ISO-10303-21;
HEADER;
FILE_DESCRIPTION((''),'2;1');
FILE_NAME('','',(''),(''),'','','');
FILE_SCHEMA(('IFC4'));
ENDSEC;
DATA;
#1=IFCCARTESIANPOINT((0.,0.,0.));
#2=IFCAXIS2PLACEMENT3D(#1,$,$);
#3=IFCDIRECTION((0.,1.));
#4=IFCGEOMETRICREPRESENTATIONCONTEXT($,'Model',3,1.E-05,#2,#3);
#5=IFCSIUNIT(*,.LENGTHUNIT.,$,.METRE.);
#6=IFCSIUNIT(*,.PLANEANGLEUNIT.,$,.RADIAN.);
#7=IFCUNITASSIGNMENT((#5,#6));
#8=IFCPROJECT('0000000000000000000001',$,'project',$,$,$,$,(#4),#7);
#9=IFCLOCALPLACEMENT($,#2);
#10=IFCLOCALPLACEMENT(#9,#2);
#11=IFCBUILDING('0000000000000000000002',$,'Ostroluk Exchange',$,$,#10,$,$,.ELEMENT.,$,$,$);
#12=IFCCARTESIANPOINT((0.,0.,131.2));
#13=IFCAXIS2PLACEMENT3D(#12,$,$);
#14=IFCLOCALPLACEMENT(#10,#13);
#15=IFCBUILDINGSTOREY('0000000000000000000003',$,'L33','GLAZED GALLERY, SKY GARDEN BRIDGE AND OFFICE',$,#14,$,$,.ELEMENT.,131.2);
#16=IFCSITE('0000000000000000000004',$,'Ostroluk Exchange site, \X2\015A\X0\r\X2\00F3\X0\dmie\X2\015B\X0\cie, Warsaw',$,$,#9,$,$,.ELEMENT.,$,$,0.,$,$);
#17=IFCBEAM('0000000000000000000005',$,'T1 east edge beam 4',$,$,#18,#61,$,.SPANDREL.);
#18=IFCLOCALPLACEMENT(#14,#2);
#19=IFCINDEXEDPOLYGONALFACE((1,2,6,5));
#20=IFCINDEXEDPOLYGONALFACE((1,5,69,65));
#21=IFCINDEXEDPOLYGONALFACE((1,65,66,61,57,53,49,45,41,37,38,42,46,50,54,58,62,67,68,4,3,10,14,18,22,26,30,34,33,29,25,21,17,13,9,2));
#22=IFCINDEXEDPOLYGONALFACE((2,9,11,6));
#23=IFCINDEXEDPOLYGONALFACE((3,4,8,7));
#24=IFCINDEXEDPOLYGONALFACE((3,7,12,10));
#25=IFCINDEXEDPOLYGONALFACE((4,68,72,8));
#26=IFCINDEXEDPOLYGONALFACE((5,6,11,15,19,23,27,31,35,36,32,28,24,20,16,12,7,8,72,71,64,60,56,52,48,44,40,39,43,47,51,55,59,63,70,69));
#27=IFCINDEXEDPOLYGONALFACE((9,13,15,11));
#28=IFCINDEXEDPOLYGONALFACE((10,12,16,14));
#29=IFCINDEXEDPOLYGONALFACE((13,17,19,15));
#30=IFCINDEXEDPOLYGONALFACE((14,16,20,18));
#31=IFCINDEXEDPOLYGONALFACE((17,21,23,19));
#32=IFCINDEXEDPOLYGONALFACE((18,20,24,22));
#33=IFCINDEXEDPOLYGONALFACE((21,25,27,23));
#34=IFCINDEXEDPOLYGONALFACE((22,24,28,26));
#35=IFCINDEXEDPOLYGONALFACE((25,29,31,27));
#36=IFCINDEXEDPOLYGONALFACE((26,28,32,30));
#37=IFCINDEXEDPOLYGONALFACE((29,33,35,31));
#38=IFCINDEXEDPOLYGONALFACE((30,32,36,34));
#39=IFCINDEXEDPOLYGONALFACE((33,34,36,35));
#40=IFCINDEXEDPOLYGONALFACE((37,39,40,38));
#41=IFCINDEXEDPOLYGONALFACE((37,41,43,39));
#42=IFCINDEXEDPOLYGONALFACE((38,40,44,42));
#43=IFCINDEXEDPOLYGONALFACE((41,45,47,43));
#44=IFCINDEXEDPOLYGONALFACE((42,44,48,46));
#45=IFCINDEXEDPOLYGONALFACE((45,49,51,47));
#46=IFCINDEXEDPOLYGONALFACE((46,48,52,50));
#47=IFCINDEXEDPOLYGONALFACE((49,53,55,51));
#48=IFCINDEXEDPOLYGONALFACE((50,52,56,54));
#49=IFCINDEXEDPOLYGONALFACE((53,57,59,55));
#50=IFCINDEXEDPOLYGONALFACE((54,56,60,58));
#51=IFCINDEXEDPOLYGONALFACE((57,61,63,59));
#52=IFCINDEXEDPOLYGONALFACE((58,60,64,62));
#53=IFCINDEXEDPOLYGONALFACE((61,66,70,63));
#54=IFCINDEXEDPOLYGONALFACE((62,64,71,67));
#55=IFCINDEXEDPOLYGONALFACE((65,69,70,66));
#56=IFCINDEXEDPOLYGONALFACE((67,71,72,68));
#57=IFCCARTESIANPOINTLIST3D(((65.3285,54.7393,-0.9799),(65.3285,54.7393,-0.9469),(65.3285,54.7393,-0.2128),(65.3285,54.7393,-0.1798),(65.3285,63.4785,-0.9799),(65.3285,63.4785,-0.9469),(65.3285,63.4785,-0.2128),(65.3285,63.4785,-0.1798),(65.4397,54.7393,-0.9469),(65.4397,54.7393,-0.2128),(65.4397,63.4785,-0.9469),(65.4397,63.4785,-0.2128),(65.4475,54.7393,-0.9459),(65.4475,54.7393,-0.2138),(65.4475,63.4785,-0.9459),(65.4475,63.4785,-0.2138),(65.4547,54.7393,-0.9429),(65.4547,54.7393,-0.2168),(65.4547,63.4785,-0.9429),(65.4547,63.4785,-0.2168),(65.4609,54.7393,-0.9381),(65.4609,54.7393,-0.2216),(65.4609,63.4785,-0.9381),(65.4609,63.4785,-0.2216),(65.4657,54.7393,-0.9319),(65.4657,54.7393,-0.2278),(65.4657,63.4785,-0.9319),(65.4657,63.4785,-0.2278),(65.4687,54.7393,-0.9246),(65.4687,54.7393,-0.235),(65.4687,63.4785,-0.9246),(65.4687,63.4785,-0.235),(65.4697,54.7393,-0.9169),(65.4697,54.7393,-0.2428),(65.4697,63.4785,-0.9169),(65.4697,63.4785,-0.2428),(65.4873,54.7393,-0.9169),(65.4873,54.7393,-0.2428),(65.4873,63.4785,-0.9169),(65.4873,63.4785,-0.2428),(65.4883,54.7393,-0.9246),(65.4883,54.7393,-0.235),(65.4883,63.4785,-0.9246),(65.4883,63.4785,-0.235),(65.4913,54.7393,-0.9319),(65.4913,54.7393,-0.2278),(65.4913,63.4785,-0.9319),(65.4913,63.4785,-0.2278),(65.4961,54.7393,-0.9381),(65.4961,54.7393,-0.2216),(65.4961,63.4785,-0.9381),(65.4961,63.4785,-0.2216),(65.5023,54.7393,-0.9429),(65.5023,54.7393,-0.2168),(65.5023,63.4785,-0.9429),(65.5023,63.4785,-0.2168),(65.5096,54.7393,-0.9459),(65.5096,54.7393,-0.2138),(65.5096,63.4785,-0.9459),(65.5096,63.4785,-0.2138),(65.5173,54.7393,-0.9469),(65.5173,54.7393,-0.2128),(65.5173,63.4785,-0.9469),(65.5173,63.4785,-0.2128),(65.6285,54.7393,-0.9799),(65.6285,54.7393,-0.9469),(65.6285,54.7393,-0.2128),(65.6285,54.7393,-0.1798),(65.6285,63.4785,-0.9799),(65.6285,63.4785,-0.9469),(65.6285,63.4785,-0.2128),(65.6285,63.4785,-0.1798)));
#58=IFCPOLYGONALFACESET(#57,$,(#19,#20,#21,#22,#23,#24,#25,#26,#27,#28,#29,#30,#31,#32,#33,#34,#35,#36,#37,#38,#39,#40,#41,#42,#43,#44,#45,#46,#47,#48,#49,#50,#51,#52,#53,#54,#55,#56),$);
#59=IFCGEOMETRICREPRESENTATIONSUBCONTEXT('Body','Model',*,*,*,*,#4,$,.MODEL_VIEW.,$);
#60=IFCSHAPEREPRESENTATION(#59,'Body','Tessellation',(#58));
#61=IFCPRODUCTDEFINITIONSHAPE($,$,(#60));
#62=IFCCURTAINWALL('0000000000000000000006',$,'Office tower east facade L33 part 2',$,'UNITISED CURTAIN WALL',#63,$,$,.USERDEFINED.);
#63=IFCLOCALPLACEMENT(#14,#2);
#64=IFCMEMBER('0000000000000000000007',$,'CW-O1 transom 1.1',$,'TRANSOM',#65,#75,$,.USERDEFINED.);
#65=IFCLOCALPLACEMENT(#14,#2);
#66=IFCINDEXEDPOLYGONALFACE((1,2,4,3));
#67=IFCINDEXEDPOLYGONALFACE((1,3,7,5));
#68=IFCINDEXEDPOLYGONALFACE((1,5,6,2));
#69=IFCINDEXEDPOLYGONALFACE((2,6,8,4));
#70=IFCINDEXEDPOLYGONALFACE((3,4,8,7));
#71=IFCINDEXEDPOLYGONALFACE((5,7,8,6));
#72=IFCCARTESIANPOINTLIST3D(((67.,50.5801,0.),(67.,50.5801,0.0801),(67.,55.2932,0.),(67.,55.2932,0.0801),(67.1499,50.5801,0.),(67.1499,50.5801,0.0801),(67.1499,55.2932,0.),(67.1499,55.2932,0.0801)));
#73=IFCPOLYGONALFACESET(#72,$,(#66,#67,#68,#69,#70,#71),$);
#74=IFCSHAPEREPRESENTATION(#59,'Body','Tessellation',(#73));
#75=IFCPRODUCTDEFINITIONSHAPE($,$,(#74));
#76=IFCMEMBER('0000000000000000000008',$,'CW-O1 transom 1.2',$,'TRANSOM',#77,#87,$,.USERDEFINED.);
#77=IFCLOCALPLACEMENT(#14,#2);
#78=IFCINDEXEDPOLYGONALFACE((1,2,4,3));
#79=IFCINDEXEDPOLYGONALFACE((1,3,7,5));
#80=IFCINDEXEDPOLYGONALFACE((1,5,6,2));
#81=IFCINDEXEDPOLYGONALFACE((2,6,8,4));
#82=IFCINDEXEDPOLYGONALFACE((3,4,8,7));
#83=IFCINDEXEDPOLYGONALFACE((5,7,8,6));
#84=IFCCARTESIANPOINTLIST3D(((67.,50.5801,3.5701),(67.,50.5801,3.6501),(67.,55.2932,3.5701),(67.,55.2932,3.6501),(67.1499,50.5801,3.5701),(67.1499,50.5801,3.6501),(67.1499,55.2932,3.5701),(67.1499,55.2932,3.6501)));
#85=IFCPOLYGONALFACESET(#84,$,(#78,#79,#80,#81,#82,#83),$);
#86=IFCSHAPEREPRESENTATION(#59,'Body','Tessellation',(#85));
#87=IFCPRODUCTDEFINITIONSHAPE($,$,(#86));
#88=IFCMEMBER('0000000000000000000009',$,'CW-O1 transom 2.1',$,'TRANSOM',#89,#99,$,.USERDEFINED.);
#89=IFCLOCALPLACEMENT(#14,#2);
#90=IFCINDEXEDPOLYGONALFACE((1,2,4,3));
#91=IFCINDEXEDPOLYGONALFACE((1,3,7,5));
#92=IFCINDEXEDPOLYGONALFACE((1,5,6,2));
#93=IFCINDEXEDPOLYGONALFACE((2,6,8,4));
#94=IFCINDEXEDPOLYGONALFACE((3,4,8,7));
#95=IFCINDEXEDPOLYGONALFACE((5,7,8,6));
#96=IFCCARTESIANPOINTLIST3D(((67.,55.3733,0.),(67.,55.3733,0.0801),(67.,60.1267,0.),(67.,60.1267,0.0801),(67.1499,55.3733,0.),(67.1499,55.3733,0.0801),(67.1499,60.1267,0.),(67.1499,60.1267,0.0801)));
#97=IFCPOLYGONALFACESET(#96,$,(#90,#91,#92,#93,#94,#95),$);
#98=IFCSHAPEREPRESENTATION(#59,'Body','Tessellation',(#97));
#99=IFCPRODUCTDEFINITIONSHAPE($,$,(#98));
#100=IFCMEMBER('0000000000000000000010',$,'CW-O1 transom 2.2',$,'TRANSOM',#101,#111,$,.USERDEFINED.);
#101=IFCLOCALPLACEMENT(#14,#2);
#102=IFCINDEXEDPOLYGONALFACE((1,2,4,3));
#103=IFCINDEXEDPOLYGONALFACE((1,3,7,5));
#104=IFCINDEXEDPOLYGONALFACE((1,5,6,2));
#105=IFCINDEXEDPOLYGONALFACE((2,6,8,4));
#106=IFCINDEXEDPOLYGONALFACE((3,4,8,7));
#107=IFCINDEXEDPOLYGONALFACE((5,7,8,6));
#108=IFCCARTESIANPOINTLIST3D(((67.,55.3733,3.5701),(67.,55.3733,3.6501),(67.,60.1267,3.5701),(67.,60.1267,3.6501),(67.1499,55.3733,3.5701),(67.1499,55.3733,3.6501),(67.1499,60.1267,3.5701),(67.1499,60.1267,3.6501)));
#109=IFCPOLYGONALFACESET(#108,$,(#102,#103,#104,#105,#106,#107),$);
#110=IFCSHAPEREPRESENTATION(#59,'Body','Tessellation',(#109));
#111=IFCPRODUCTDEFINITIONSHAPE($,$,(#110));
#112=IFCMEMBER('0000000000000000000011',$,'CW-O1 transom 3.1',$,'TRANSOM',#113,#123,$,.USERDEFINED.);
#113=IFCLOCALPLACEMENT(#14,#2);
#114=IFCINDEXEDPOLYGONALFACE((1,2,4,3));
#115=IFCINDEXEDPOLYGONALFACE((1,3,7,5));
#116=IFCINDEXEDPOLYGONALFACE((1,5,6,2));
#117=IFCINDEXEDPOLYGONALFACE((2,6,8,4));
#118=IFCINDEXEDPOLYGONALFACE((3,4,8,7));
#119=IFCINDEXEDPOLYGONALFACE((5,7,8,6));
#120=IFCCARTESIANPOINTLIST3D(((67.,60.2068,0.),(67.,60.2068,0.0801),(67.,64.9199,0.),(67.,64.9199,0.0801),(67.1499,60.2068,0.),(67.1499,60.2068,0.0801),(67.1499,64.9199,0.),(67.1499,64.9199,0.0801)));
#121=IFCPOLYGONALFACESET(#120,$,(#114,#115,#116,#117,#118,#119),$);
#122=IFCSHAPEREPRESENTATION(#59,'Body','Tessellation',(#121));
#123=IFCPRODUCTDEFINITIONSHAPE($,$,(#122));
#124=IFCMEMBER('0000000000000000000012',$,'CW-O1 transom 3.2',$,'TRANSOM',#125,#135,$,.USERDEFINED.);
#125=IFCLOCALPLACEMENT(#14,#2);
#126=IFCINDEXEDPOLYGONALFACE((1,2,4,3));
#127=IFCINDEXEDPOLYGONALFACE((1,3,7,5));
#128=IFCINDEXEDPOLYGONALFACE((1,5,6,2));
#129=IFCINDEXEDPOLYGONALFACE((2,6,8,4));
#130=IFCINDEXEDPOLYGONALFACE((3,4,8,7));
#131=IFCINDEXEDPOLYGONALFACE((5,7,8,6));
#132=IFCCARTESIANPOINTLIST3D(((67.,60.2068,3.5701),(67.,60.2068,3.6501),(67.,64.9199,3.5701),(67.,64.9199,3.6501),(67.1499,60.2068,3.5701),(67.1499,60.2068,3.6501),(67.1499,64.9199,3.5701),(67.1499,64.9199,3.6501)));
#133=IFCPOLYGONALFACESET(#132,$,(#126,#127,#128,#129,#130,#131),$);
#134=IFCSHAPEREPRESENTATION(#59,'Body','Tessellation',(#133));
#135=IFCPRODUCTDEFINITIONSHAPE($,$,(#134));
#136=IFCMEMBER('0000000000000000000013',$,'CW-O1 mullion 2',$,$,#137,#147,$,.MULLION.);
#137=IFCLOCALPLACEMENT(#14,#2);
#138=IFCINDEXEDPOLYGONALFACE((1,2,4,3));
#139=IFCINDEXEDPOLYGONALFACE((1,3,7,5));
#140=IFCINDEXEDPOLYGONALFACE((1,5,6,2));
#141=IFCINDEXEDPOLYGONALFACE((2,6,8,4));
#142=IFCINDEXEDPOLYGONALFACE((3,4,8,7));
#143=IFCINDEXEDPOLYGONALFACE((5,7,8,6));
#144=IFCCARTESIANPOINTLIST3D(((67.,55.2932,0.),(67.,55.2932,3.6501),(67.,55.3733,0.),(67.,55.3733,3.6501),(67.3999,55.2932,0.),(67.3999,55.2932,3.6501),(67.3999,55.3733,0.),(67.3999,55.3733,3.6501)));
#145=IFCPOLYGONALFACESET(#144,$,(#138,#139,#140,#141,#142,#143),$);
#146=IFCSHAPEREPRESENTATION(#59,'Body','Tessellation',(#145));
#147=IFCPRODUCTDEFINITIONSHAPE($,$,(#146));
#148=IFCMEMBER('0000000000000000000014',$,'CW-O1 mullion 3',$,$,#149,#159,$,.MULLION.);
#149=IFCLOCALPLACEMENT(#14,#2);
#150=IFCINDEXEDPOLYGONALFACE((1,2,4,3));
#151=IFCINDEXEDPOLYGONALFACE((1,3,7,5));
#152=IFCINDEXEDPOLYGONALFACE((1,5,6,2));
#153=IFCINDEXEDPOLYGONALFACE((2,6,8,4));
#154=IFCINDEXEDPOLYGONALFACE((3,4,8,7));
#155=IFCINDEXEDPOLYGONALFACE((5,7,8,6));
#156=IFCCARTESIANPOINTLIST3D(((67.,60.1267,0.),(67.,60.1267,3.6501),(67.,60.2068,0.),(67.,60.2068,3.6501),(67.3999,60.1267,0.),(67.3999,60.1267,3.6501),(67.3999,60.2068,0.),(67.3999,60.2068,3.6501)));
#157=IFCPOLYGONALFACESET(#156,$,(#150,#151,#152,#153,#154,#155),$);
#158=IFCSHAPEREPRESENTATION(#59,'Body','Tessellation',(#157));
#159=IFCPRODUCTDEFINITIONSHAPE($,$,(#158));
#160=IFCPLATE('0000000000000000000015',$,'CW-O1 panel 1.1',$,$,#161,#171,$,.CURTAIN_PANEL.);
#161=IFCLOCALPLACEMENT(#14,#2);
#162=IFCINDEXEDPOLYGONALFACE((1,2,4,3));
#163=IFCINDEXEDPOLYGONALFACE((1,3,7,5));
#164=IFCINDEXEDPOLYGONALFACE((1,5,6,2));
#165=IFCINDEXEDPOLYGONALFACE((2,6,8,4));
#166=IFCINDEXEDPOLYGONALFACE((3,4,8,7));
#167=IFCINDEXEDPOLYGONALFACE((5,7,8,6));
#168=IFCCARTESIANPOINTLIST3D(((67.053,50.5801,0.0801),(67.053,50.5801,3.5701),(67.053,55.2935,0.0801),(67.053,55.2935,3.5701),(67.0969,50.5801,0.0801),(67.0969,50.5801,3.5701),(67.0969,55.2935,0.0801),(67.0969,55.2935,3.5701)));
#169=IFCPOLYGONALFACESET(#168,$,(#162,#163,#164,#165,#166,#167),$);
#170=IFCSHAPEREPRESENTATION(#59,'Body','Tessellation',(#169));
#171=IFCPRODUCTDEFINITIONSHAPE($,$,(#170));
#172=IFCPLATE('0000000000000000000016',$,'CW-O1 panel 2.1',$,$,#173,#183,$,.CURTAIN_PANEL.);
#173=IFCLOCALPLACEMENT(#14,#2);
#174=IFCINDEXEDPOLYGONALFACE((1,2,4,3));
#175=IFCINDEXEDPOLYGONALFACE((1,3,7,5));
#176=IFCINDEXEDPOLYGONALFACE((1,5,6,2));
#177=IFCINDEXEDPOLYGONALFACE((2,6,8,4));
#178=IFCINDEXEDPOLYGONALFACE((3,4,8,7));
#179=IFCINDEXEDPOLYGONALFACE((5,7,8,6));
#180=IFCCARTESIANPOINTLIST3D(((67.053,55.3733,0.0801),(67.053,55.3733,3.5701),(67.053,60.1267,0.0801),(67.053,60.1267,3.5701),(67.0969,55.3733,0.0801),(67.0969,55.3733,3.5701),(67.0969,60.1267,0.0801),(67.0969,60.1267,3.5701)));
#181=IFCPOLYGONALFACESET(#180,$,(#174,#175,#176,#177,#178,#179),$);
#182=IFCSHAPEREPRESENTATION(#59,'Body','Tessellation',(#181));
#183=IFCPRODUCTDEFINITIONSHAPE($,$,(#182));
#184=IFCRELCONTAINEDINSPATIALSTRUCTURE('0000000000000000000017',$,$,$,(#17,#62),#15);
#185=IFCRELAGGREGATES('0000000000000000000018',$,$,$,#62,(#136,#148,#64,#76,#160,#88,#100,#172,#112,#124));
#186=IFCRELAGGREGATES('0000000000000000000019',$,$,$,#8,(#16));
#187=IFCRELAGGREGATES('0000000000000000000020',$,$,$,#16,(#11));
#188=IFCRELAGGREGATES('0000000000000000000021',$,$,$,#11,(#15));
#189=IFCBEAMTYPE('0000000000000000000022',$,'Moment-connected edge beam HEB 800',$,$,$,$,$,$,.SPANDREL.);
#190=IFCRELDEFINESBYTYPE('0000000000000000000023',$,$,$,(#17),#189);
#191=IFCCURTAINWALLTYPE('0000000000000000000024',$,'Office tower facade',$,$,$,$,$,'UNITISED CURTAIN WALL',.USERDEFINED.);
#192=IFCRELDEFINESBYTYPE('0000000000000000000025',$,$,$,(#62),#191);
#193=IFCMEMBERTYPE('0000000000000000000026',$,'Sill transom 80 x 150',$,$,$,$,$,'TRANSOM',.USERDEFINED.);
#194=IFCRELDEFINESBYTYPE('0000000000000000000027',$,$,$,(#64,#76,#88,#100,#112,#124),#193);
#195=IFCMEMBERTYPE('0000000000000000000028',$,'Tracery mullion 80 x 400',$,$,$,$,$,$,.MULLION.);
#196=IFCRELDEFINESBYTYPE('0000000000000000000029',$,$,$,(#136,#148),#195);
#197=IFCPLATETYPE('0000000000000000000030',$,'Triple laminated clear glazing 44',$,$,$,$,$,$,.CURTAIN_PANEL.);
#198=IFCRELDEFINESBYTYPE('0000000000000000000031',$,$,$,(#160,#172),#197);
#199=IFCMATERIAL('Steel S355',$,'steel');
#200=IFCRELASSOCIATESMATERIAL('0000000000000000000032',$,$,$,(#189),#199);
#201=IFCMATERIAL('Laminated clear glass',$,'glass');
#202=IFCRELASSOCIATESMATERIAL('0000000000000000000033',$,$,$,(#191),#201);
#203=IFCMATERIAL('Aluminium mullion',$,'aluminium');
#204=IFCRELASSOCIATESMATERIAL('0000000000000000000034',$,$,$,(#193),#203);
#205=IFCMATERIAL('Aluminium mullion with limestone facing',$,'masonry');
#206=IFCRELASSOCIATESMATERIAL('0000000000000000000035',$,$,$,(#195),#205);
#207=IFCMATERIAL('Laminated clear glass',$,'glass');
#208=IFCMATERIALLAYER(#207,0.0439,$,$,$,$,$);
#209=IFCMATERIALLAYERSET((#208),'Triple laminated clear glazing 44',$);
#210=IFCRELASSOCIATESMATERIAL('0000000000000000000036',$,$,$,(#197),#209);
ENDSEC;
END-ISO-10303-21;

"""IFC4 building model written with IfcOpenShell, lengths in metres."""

from ifc_helpers import new_model, si_unit, direction, frame, origin, origin_2d, place, context, subcontext, project, spatial, rectangle, i_section, extrude, material, layer, layer_set, material_profile, profile_set, type_object, element, aggregate, save


model = new_model("IFC4")

# Units and contexts
model_context = context("Model", 3, precision=1e-05, world=origin(), true_north=direction((0.0, 1.0)))
body_context = subcontext(model_context, "Body", "Model", "MODEL_VIEW")
ifc_project = project(units=[si_unit("LENGTHUNIT", "METRE"), si_unit("PLANEANGLEUNIT", "RADIAN")], contexts=[model_context])

# Site, building, storey
site_placement = place(None, origin())
site = spatial("IfcSite", under=ifc_project, at=site_placement, Name="Ostroluk Exchange site, Śródmieście, Warsaw", CompositionType="ELEMENT", RefElevation=0.0)
building_placement = place(site_placement, origin())
building = spatial("IfcBuilding", under=site, at=building_placement, Name="Ostroluk Exchange", CompositionType="ELEMENT")
storey_placement = place(building_placement, frame((0.0, 0.0, 131.2)))
storey = spatial("IfcBuildingStorey", under=building, at=storey_placement, Name="L33", Description="GLAZED GALLERY, SKY GARDEN BRIDGE AND OFFICE", CompositionType="ELEMENT", Elevation=131.2)

# Beam
ifc_material_1 = material(Name="Steel S355", Category="steel")
ifc_material_profile_1 = material_profile(ifc_material_1, i_section(OverallWidth=0.3, OverallDepth=0.8, WebThickness=0.0176, FlangeThickness=0.033, FilletRadius=0.03, at=origin_2d()), Name="HEB 800")
ifc_profile_set_1 = profile_set([ifc_material_profile_1], Name="Steel S355")
beam_type_1 = type_object("IfcBeamType", Name="Moment-connected edge beam HEB 800", PredefinedType="SPANDREL", material=ifc_profile_set_1)
beam_placement = place(storey_placement, frame((65.4785, 54.7393, -0.5798), z_axis=(0.0, 1.0, 0.0), x_axis=(-1.0, 0.0, 0.0)))
element("IfcBeam", 1, at=beam_placement, inside=storey, type_object=beam_type_1, Name="T1 east edge beam 4", PredefinedType="SPANDREL", context=body_context, shape_type="SweptSolid", body=[
    extrude(i_section(OverallWidth=0.3, OverallDepth=0.8, WebThickness=0.0176, FlangeThickness=0.033, FilletRadius=0.03, at=origin_2d()), origin(), (0.0, 0.0, 1.0), 8.7393),
])

# Curtain wall, members, plates
ifc_material_2 = material(Name="Laminated clear glass", Category="glass")
curtain_wall_type = type_object("IfcCurtainWallType", Name="Office tower facade", ElementType="UNITISED CURTAIN WALL", PredefinedType="USERDEFINED", material=ifc_material_2)
curtain_wall_placement = place(storey_placement, origin())
curtain_wall = element("IfcCurtainWall", 2, at=curtain_wall_placement, inside=storey, type_object=curtain_wall_type, Name="Office tower east facade L33 part 2", ObjectType="UNITISED CURTAIN WALL", PredefinedType="USERDEFINED")
ifc_material_3 = material(Name="Aluminium mullion", Category="aluminium")
ifc_material_profile_2 = material_profile(ifc_material_3, rectangle(XDim=0.1499, YDim=0.0801, at=origin_2d()), Name="Sill transom 80 x 150")
ifc_profile_set_2 = profile_set([ifc_material_profile_2], Name="Aluminium mullion")
member_type_1 = type_object("IfcMemberType", Name="Sill transom 80 x 150", ElementType="TRANSOM", PredefinedType="USERDEFINED", material=ifc_profile_set_2)
member_1_placement = place(storey_placement, frame((67.075, 50.5801, 0.04), z_axis=(0.0, 1.0, 0.0), x_axis=(-1.0, 0.0, 0.0)))
member_1 = element("IfcMember", 3, at=member_1_placement, type_object=member_type_1, Name="CW-O1 transom 1.1", ObjectType="TRANSOM", PredefinedType="USERDEFINED", context=body_context, shape_type="SweptSolid", body=[
    extrude(rectangle(XDim=0.1499, YDim=0.0801, at=origin_2d()), origin(), (0.0, 0.0, 1.0), 4.7131),
])
member_2_placement = place(storey_placement, frame((67.075, 50.5801, 3.6101), z_axis=(0.0, 1.0, 0.0), x_axis=(-1.0, 0.0, 0.0)))
member_2 = element("IfcMember", 4, at=member_2_placement, type_object=member_type_1, Name="CW-O1 transom 1.2", ObjectType="TRANSOM", PredefinedType="USERDEFINED", context=body_context, shape_type="SweptSolid", body=[
    extrude(rectangle(XDim=0.1499, YDim=0.0801, at=origin_2d()), origin(), (0.0, 0.0, 1.0), 4.7131),
])
member_3_placement = place(storey_placement, frame((67.075, 55.3733, 0.04), z_axis=(0.0, 1.0, 0.0), x_axis=(-1.0, 0.0, 0.0)))
member_3 = element("IfcMember", 5, at=member_3_placement, type_object=member_type_1, Name="CW-O1 transom 2.1", ObjectType="TRANSOM", PredefinedType="USERDEFINED", context=body_context, shape_type="SweptSolid", body=[
    extrude(rectangle(XDim=0.1499, YDim=0.0801, at=origin_2d()), origin(), (0.0, 0.0, 1.0), 4.7534),
])
member_4_placement = place(storey_placement, frame((67.075, 55.3733, 3.6101), z_axis=(0.0, 1.0, 0.0), x_axis=(-1.0, 0.0, 0.0)))
member_4 = element("IfcMember", 6, at=member_4_placement, type_object=member_type_1, Name="CW-O1 transom 2.2", ObjectType="TRANSOM", PredefinedType="USERDEFINED", context=body_context, shape_type="SweptSolid", body=[
    extrude(rectangle(XDim=0.1499, YDim=0.0801, at=origin_2d()), origin(), (0.0, 0.0, 1.0), 4.7534),
])
member_5_placement = place(storey_placement, frame((67.075, 60.2068, 0.04), z_axis=(0.0, 1.0, 0.0), x_axis=(-1.0, 0.0, 0.0)))
member_5 = element("IfcMember", 7, at=member_5_placement, type_object=member_type_1, Name="CW-O1 transom 3.1", ObjectType="TRANSOM", PredefinedType="USERDEFINED", context=body_context, shape_type="SweptSolid", body=[
    extrude(rectangle(XDim=0.1499, YDim=0.0801, at=origin_2d()), origin(), (0.0, 0.0, 1.0), 4.7131),
])
member_6_placement = place(storey_placement, frame((67.075, 60.2068, 3.6101), z_axis=(0.0, 1.0, 0.0), x_axis=(-1.0, 0.0, 0.0)))
member_6 = element("IfcMember", 8, at=member_6_placement, type_object=member_type_1, Name="CW-O1 transom 3.2", ObjectType="TRANSOM", PredefinedType="USERDEFINED", context=body_context, shape_type="SweptSolid", body=[
    extrude(rectangle(XDim=0.1499, YDim=0.0801, at=origin_2d()), origin(), (0.0, 0.0, 1.0), 4.7131),
])
ifc_material_4 = material(Name="Aluminium mullion with limestone facing", Category="masonry")
ifc_material_profile_3 = material_profile(ifc_material_4, rectangle(XDim=0.3999, YDim=0.0801, at=origin_2d()), Name="Tracery mullion 80 x 400")
ifc_profile_set_3 = profile_set([ifc_material_profile_3], Name="Aluminium mullion with limestone facing")
member_type_2 = type_object("IfcMemberType", Name="Tracery mullion 80 x 400", PredefinedType="MULLION", material=ifc_profile_set_3)
member_7_placement = place(storey_placement, frame((67.2, 55.3333, 0.0), z_axis=(0.0, 0.0, 1.0), x_axis=(-1.0, 0.0, 0.0)))
member_7 = element("IfcMember", 9, at=member_7_placement, type_object=member_type_2, Name="CW-O1 mullion 2", PredefinedType="MULLION", context=body_context, shape_type="SweptSolid", body=[
    extrude(rectangle(XDim=0.3999, YDim=0.0801, at=origin_2d()), origin(), (0.0, 0.0, 1.0), 3.6501),
])
member_8_placement = place(storey_placement, frame((67.2, 60.1667, 0.0), z_axis=(0.0, 0.0, 1.0), x_axis=(-1.0, 0.0, 0.0)))
member_8 = element("IfcMember", 10, at=member_8_placement, type_object=member_type_2, Name="CW-O1 mullion 3", PredefinedType="MULLION", context=body_context, shape_type="SweptSolid", body=[
    extrude(rectangle(XDim=0.3999, YDim=0.0801, at=origin_2d()), origin(), (0.0, 0.0, 1.0), 3.6501),
])
ifc_material_5 = material(Name="Laminated clear glass", Category="glass")
ifc_layer_1 = layer(ifc_material_5, 0.0439)
ifc_layer_set_1 = layer_set([ifc_layer_1], Name="Triple laminated clear glazing 44")
plate_type = type_object("IfcPlateType", Name="Triple laminated clear glazing 44", PredefinedType="CURTAIN_PANEL", material=ifc_layer_set_1)
plate_1_placement = place(storey_placement, frame((67.075, 52.9368, 0.0801), z_axis=(0.0, 0.0, 1.0), x_axis=(0.0, 1.0, 0.0)))
plate_1 = element("IfcPlate", 11, at=plate_1_placement, type_object=plate_type, Name="CW-O1 panel 1.1", PredefinedType="CURTAIN_PANEL", context=body_context, shape_type="SweptSolid", body=[
    extrude(rectangle(XDim=4.7134, YDim=0.0439, at=origin_2d()), origin(), (0.0, 0.0, 1.0), 3.49),
])
plate_2_placement = place(storey_placement, frame((67.075, 57.75, 0.0801), z_axis=(0.0, 0.0, 1.0), x_axis=(0.0, 1.0, 0.0)))
plate_2 = element("IfcPlate", 12, at=plate_2_placement, type_object=plate_type, Name="CW-O1 panel 2.1", PredefinedType="CURTAIN_PANEL", context=body_context, shape_type="SweptSolid", body=[
    extrude(rectangle(XDim=4.7534, YDim=0.0439, at=origin_2d()), origin(), (0.0, 0.0, 1.0), 3.49),
])
aggregate(curtain_wall, [member_7, member_8, member_1, member_2, plate_1, member_3, member_4, plate_2, member_5, member_6])

save(model, "model.ifc")
